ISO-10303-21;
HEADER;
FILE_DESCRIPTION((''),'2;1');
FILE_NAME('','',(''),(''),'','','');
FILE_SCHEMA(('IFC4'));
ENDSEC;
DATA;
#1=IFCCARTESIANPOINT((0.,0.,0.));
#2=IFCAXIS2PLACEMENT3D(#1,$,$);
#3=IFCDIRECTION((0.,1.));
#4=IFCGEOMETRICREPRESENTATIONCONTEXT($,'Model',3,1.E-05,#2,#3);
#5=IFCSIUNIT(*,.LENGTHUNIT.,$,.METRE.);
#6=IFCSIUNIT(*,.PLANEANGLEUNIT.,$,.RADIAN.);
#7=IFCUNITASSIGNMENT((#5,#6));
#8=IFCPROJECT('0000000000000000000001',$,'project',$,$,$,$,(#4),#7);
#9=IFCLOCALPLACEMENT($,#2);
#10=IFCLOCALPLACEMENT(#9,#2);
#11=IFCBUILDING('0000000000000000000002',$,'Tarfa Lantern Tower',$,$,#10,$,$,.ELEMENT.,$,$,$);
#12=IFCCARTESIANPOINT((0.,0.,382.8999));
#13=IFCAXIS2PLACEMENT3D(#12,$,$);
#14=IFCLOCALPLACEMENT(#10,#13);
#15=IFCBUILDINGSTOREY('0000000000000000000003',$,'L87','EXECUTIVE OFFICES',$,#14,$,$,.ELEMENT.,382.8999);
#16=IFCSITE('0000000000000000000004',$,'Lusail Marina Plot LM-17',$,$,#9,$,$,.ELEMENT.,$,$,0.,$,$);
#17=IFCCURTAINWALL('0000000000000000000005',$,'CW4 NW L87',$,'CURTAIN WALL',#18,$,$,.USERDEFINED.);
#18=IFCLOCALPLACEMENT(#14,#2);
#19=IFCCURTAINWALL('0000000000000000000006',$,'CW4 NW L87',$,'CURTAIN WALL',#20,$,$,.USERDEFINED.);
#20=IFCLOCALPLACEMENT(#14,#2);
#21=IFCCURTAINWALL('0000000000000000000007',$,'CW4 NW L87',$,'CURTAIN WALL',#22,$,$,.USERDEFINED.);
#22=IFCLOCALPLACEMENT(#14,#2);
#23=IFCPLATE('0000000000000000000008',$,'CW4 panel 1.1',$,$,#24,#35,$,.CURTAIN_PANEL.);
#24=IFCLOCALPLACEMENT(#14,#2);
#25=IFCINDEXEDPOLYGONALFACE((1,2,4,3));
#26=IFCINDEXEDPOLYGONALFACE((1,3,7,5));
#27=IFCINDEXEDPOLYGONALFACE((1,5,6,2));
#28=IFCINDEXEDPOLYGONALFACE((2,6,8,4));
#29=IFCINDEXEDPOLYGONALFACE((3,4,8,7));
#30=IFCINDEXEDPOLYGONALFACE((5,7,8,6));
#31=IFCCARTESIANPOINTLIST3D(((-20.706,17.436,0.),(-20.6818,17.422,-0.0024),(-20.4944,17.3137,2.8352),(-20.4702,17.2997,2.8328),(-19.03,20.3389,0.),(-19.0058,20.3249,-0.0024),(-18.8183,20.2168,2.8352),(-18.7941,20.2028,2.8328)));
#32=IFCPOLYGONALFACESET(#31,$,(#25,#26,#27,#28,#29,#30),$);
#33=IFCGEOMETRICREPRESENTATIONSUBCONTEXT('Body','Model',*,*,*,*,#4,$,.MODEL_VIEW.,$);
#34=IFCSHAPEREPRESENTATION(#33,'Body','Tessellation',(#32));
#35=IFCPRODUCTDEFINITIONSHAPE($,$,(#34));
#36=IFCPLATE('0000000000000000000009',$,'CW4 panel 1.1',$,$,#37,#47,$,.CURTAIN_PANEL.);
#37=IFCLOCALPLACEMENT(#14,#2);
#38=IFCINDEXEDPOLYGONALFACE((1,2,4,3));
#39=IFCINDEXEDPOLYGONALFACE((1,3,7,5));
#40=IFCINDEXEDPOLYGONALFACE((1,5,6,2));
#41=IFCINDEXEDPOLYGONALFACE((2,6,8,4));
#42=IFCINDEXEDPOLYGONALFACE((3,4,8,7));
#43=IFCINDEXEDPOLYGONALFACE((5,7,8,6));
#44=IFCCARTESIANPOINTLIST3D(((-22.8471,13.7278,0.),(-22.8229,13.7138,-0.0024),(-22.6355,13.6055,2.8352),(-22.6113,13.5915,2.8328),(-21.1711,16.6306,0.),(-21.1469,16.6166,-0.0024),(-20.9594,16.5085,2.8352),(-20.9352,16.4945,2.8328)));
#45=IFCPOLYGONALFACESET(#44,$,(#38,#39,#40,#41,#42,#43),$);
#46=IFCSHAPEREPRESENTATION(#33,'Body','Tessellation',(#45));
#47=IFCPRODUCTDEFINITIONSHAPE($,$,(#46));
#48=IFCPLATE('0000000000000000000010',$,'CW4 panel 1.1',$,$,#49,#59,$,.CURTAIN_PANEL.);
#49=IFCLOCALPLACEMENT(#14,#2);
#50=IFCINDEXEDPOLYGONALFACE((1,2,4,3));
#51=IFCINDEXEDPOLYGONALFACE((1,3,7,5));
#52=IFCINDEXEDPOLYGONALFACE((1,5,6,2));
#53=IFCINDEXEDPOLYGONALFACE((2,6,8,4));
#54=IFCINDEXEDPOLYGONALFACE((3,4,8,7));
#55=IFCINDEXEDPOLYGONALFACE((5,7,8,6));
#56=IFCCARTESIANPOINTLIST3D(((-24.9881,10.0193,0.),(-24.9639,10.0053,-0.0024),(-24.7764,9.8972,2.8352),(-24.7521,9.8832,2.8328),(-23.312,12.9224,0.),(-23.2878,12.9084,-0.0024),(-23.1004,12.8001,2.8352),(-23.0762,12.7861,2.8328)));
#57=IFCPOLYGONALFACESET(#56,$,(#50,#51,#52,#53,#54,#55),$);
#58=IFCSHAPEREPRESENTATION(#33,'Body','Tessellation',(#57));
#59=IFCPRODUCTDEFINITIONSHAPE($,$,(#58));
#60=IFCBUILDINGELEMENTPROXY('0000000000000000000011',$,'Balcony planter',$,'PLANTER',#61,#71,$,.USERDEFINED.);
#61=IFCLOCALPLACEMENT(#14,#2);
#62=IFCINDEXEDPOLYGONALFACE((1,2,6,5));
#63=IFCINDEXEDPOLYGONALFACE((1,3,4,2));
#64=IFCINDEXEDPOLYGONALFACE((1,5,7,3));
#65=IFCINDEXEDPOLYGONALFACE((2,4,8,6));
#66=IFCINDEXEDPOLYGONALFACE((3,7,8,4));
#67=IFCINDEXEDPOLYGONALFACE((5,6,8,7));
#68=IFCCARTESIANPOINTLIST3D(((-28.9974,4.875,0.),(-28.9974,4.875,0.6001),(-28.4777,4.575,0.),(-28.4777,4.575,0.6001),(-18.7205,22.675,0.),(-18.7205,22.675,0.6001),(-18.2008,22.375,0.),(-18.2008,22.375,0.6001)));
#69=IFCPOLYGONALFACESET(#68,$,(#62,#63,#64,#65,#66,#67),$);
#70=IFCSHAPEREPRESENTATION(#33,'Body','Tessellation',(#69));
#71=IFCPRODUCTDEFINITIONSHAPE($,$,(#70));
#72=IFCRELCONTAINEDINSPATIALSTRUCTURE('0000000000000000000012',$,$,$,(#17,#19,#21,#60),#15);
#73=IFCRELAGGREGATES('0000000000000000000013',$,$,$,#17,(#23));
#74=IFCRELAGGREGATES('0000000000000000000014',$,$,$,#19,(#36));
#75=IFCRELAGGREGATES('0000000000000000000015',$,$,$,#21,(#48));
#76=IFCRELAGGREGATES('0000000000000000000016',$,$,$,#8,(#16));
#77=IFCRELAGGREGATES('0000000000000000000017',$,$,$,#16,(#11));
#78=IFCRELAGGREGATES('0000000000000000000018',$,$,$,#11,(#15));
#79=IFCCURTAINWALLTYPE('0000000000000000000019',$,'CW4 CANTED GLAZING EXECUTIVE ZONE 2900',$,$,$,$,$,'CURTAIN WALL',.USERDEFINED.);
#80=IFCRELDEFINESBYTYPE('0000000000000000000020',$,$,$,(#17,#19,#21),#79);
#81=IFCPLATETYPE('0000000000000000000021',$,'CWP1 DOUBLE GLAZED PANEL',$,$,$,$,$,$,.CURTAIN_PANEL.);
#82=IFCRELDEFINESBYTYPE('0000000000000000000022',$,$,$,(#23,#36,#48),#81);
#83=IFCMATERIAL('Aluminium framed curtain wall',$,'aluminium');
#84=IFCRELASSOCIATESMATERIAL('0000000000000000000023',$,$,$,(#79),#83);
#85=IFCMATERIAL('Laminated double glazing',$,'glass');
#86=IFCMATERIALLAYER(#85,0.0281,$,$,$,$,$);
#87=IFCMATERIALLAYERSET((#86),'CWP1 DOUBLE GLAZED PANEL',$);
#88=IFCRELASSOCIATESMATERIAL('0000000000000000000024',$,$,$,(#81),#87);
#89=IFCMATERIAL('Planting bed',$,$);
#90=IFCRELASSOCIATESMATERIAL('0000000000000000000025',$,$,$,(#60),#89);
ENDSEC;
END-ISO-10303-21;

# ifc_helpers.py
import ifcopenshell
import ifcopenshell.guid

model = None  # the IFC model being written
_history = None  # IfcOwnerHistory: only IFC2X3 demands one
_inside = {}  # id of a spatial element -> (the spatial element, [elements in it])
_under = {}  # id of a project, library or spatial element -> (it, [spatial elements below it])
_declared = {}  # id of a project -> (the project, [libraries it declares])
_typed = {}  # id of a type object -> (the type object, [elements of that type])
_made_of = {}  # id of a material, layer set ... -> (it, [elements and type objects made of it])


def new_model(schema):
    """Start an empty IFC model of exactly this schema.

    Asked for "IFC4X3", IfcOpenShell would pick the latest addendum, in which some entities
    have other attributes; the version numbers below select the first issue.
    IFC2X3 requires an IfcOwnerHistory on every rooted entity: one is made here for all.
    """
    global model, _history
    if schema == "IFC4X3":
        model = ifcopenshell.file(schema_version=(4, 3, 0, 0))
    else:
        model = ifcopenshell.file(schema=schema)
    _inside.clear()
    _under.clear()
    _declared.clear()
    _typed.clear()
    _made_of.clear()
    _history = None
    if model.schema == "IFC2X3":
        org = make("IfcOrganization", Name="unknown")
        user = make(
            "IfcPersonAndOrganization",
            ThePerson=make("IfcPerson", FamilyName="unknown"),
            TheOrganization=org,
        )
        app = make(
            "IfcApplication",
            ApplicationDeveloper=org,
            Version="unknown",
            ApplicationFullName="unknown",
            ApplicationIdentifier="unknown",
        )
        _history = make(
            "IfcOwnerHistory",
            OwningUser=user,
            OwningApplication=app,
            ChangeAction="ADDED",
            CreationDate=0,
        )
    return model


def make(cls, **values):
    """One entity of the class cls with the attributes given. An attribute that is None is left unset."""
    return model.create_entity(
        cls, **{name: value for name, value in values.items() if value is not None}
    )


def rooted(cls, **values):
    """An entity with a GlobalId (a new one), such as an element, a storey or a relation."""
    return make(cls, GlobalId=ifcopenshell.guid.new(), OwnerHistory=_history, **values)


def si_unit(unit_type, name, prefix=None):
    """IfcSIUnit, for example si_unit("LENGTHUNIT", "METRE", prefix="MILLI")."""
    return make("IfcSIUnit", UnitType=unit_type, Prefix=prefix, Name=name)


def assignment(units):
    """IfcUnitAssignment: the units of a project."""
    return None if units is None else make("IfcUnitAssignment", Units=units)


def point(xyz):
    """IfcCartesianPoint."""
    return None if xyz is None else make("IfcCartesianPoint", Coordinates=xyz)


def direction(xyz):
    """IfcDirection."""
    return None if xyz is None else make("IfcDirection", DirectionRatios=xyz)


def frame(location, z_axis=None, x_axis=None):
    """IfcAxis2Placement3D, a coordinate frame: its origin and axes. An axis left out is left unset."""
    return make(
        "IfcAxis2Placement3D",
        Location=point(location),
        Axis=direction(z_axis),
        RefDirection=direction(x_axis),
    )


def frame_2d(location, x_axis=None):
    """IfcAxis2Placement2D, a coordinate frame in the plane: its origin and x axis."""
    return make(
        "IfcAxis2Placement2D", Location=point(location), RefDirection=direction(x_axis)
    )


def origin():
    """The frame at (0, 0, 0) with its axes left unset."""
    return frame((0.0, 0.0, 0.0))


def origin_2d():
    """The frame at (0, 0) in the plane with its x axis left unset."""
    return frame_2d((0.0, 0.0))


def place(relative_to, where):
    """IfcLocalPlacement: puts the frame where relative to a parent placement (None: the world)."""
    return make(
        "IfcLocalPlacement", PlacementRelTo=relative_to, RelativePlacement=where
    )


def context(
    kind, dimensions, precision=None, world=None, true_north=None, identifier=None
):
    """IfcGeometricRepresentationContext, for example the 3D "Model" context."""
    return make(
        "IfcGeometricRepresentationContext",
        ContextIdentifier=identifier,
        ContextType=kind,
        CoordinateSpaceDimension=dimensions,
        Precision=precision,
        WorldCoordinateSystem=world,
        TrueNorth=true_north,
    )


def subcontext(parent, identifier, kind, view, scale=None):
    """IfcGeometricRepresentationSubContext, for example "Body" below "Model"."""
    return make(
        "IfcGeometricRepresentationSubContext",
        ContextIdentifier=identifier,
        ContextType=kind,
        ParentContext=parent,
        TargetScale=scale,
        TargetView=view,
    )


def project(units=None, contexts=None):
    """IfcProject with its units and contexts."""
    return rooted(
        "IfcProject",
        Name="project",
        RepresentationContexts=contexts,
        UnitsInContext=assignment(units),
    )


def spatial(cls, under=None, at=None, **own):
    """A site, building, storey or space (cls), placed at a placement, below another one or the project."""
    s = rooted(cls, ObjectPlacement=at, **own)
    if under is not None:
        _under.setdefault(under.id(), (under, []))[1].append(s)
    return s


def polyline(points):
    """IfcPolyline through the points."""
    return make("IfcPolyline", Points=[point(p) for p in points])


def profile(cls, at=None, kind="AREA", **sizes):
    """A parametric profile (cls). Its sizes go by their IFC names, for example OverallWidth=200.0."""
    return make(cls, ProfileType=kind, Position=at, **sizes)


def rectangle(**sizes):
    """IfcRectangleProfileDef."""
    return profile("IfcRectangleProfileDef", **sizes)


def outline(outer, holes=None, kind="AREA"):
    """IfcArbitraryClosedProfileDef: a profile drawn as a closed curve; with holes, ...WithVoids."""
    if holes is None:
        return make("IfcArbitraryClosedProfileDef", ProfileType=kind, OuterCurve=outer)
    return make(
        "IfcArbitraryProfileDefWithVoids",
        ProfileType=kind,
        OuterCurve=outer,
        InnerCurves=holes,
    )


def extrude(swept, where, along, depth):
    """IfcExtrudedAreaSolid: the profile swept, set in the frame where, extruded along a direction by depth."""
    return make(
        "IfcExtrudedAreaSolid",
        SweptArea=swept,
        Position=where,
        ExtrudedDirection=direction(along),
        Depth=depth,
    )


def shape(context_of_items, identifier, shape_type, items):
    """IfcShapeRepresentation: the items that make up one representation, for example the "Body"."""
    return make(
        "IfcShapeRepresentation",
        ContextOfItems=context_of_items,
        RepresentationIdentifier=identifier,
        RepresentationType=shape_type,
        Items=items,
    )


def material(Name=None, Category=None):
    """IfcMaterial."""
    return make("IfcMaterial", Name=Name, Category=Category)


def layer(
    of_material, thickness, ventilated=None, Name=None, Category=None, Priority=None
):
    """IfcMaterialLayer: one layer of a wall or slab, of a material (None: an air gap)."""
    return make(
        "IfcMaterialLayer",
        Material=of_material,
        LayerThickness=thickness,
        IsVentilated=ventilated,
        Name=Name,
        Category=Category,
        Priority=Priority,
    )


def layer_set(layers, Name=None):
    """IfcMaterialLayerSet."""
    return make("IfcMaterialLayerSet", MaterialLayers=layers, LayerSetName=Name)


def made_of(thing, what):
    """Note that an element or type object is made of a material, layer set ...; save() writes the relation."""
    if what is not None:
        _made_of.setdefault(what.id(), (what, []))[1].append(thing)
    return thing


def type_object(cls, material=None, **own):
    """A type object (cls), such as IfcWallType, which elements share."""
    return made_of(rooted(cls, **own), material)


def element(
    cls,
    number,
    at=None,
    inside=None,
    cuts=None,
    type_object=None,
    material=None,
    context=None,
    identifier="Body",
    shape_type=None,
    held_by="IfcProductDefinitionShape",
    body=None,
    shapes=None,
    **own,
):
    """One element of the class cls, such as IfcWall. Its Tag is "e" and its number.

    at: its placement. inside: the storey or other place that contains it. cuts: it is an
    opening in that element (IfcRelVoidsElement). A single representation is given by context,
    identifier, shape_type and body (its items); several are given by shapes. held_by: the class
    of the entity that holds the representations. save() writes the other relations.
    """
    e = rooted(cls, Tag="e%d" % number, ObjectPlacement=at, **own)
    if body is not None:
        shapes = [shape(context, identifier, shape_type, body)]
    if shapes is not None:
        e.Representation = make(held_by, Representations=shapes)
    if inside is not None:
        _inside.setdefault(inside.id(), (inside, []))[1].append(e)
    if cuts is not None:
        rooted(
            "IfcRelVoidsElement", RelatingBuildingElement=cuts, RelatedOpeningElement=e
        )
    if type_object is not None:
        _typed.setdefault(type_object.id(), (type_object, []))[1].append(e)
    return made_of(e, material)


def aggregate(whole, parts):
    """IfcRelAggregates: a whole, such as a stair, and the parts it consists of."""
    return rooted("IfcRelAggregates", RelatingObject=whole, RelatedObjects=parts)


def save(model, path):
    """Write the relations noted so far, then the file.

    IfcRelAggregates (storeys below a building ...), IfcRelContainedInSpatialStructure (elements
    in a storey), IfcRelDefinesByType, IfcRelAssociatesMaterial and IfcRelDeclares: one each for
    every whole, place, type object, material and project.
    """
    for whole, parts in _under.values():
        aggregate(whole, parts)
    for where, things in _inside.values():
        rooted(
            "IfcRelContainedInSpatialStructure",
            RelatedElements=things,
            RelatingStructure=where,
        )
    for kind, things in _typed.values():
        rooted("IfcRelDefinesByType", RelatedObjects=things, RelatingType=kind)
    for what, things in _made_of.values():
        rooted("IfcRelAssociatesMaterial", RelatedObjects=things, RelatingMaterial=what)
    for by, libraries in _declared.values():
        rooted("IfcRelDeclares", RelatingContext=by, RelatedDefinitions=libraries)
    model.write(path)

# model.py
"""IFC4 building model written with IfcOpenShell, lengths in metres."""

from ifc_helpers import new_model, si_unit, direction, frame, origin, origin_2d, place, context, subcontext, project, spatial, polyline, rectangle, outline, extrude, material, layer, layer_set, type_object, element, aggregate, save


model = new_model("IFC4")

# Units and contexts
model_context = context("Model", 3, precision=1e-05, world=origin(), true_north=direction((0.0, 1.0)))
body_context = subcontext(model_context, "Body", "Model", "MODEL_VIEW")
ifc_project = project(units=[si_unit("LENGTHUNIT", "METRE"), si_unit("PLANEANGLEUNIT", "RADIAN")], contexts=[model_context])

# Site, building, storey
site_placement = place(None, origin())
site = spatial("IfcSite", under=ifc_project, at=site_placement, Name="Lusail Marina Plot LM-17", CompositionType="ELEMENT", RefElevation=0.0)
building_placement = place(site_placement, origin())
building = spatial("IfcBuilding", under=site, at=building_placement, Name="Tarfa Lantern Tower", CompositionType="ELEMENT")
storey_placement = place(building_placement, frame((0.0, 0.0, 382.8999)))
storey = spatial("IfcBuildingStorey", under=building, at=storey_placement, Name="L87", Description="EXECUTIVE OFFICES", CompositionType="ELEMENT", Elevation=382.8999)

# Shared definitions
ifc_material_1 = material(Name="Aluminium framed curtain wall", Category="aluminium")
curtain_wall_type = type_object("IfcCurtainWallType", Name="CW4 CANTED GLAZING EXECUTIVE ZONE 2900", ElementType="CURTAIN WALL", PredefinedType="USERDEFINED", material=ifc_material_1)

# Curtain walls
curtain_wall_1_placement = place(storey_placement, origin())
curtain_wall_1 = element("IfcCurtainWall", 1, at=curtain_wall_1_placement, inside=storey, type_object=curtain_wall_type, Name="CW4 NW L87", ObjectType="CURTAIN WALL", PredefinedType="USERDEFINED")
curtain_wall_2_placement = place(storey_placement, origin())
curtain_wall_2 = element("IfcCurtainWall", 2, at=curtain_wall_2_placement, inside=storey, type_object=curtain_wall_type, Name="CW4 NW L87", ObjectType="CURTAIN WALL", PredefinedType="USERDEFINED")

# Curtain wall
curtain_wall_3_placement = place(storey_placement, origin())
curtain_wall_3 = element("IfcCurtainWall", 3, at=curtain_wall_3_placement, inside=storey, type_object=curtain_wall_type, Name="CW4 NW L87", ObjectType="CURTAIN WALL", PredefinedType="USERDEFINED")

# Plates
ifc_material_2 = material(Name="Laminated double glazing", Category="glass")
ifc_layer = layer(ifc_material_2, 0.0281)
ifc_layer_set = layer_set([ifc_layer], Name="CWP1 DOUBLE GLAZED PANEL")
plate_type = type_object("IfcPlateType", Name="CWP1 DOUBLE GLAZED PANEL", PredefinedType="CURTAIN_PANEL", material=ifc_layer_set)
plate_1_placement = place(storey_placement, frame((-19.03, 20.3389, 0.0), z_axis=(-0.862825, 0.498153, 0.085886), x_axis=(-0.500001, -0.866025, -0.000002)))
plate_1 = element("IfcPlate", 4, at=plate_1_placement, type_object=plate_type, Name="CW4 panel 1.1", PredefinedType="CURTAIN_PANEL", context=body_context, shape_type="SweptSolid", body=[
    extrude(outline(polyline([(0.0, 0.0), (3.3519, 0.0), (3.352, 2.8457), (-0.0001, 2.8457), (0.0, 0.0)])), origin(), (0.0, 0.0, -1.0), 0.0281),
])
aggregate(curtain_wall_1, [plate_1])
plate_2_placement = place(storey_placement, frame((-21.1711, 16.6306, 0.0), z_axis=(-0.862825, 0.498153, 0.085886), x_axis=(-0.500001, -0.866025, -0.000002)))
plate_2 = element("IfcPlate", 5, at=plate_2_placement, type_object=plate_type, Name="CW4 panel 1.1", PredefinedType="CURTAIN_PANEL", context=body_context, shape_type="SweptSolid", body=[
    extrude(outline(polyline([(0.0, 0.0), (3.3519, 0.0), (3.352, 2.8457), (-0.0001, 2.8457), (0.0, 0.0)])), origin(), (0.0, 0.0, -1.0), 0.0281),
])
aggregate(curtain_wall_2, [plate_2])
plate_3_placement = place(storey_placement, frame((-23.312, 12.9224, 0.0), z_axis=(-0.862825, 0.498153, 0.085886), x_axis=(-0.500001, -0.866025, 0.000002)))
plate_3 = element("IfcPlate", 6, at=plate_3_placement, type_object=plate_type, Name="CW4 panel 1.1", PredefinedType="CURTAIN_PANEL", context=body_context, shape_type="SweptSolid", body=[
    extrude(outline(polyline([(0.0, 0.0), (3.3522, 0.0), (3.352, 2.8457), (0.0001, 2.8457), (0.0, 0.0)])), origin(), (0.0, 0.0, -1.0), 0.0281),
])
aggregate(curtain_wall_3, [plate_3])

# Building element proxy
ifc_material_3 = material(Name="Planting bed")
proxy_placement = place(storey_placement, frame((-23.5991, 13.625, 0.0), z_axis=(0.0, 0.0, 1.0), x_axis=(-0.5, -0.866025, 0.0)))
element("IfcBuildingElementProxy", 7, at=proxy_placement, inside=storey, material=ifc_material_3, Name="Balcony planter", ObjectType="PLANTER", PredefinedType="USERDEFINED", context=body_context, shape_type="SweptSolid", body=[
    extrude(rectangle(XDim=20.5537, YDim=0.6001, at=origin_2d()), origin(), (0.0, 0.0, 1.0), 0.6001),
])

save(model, "model.ifc")
